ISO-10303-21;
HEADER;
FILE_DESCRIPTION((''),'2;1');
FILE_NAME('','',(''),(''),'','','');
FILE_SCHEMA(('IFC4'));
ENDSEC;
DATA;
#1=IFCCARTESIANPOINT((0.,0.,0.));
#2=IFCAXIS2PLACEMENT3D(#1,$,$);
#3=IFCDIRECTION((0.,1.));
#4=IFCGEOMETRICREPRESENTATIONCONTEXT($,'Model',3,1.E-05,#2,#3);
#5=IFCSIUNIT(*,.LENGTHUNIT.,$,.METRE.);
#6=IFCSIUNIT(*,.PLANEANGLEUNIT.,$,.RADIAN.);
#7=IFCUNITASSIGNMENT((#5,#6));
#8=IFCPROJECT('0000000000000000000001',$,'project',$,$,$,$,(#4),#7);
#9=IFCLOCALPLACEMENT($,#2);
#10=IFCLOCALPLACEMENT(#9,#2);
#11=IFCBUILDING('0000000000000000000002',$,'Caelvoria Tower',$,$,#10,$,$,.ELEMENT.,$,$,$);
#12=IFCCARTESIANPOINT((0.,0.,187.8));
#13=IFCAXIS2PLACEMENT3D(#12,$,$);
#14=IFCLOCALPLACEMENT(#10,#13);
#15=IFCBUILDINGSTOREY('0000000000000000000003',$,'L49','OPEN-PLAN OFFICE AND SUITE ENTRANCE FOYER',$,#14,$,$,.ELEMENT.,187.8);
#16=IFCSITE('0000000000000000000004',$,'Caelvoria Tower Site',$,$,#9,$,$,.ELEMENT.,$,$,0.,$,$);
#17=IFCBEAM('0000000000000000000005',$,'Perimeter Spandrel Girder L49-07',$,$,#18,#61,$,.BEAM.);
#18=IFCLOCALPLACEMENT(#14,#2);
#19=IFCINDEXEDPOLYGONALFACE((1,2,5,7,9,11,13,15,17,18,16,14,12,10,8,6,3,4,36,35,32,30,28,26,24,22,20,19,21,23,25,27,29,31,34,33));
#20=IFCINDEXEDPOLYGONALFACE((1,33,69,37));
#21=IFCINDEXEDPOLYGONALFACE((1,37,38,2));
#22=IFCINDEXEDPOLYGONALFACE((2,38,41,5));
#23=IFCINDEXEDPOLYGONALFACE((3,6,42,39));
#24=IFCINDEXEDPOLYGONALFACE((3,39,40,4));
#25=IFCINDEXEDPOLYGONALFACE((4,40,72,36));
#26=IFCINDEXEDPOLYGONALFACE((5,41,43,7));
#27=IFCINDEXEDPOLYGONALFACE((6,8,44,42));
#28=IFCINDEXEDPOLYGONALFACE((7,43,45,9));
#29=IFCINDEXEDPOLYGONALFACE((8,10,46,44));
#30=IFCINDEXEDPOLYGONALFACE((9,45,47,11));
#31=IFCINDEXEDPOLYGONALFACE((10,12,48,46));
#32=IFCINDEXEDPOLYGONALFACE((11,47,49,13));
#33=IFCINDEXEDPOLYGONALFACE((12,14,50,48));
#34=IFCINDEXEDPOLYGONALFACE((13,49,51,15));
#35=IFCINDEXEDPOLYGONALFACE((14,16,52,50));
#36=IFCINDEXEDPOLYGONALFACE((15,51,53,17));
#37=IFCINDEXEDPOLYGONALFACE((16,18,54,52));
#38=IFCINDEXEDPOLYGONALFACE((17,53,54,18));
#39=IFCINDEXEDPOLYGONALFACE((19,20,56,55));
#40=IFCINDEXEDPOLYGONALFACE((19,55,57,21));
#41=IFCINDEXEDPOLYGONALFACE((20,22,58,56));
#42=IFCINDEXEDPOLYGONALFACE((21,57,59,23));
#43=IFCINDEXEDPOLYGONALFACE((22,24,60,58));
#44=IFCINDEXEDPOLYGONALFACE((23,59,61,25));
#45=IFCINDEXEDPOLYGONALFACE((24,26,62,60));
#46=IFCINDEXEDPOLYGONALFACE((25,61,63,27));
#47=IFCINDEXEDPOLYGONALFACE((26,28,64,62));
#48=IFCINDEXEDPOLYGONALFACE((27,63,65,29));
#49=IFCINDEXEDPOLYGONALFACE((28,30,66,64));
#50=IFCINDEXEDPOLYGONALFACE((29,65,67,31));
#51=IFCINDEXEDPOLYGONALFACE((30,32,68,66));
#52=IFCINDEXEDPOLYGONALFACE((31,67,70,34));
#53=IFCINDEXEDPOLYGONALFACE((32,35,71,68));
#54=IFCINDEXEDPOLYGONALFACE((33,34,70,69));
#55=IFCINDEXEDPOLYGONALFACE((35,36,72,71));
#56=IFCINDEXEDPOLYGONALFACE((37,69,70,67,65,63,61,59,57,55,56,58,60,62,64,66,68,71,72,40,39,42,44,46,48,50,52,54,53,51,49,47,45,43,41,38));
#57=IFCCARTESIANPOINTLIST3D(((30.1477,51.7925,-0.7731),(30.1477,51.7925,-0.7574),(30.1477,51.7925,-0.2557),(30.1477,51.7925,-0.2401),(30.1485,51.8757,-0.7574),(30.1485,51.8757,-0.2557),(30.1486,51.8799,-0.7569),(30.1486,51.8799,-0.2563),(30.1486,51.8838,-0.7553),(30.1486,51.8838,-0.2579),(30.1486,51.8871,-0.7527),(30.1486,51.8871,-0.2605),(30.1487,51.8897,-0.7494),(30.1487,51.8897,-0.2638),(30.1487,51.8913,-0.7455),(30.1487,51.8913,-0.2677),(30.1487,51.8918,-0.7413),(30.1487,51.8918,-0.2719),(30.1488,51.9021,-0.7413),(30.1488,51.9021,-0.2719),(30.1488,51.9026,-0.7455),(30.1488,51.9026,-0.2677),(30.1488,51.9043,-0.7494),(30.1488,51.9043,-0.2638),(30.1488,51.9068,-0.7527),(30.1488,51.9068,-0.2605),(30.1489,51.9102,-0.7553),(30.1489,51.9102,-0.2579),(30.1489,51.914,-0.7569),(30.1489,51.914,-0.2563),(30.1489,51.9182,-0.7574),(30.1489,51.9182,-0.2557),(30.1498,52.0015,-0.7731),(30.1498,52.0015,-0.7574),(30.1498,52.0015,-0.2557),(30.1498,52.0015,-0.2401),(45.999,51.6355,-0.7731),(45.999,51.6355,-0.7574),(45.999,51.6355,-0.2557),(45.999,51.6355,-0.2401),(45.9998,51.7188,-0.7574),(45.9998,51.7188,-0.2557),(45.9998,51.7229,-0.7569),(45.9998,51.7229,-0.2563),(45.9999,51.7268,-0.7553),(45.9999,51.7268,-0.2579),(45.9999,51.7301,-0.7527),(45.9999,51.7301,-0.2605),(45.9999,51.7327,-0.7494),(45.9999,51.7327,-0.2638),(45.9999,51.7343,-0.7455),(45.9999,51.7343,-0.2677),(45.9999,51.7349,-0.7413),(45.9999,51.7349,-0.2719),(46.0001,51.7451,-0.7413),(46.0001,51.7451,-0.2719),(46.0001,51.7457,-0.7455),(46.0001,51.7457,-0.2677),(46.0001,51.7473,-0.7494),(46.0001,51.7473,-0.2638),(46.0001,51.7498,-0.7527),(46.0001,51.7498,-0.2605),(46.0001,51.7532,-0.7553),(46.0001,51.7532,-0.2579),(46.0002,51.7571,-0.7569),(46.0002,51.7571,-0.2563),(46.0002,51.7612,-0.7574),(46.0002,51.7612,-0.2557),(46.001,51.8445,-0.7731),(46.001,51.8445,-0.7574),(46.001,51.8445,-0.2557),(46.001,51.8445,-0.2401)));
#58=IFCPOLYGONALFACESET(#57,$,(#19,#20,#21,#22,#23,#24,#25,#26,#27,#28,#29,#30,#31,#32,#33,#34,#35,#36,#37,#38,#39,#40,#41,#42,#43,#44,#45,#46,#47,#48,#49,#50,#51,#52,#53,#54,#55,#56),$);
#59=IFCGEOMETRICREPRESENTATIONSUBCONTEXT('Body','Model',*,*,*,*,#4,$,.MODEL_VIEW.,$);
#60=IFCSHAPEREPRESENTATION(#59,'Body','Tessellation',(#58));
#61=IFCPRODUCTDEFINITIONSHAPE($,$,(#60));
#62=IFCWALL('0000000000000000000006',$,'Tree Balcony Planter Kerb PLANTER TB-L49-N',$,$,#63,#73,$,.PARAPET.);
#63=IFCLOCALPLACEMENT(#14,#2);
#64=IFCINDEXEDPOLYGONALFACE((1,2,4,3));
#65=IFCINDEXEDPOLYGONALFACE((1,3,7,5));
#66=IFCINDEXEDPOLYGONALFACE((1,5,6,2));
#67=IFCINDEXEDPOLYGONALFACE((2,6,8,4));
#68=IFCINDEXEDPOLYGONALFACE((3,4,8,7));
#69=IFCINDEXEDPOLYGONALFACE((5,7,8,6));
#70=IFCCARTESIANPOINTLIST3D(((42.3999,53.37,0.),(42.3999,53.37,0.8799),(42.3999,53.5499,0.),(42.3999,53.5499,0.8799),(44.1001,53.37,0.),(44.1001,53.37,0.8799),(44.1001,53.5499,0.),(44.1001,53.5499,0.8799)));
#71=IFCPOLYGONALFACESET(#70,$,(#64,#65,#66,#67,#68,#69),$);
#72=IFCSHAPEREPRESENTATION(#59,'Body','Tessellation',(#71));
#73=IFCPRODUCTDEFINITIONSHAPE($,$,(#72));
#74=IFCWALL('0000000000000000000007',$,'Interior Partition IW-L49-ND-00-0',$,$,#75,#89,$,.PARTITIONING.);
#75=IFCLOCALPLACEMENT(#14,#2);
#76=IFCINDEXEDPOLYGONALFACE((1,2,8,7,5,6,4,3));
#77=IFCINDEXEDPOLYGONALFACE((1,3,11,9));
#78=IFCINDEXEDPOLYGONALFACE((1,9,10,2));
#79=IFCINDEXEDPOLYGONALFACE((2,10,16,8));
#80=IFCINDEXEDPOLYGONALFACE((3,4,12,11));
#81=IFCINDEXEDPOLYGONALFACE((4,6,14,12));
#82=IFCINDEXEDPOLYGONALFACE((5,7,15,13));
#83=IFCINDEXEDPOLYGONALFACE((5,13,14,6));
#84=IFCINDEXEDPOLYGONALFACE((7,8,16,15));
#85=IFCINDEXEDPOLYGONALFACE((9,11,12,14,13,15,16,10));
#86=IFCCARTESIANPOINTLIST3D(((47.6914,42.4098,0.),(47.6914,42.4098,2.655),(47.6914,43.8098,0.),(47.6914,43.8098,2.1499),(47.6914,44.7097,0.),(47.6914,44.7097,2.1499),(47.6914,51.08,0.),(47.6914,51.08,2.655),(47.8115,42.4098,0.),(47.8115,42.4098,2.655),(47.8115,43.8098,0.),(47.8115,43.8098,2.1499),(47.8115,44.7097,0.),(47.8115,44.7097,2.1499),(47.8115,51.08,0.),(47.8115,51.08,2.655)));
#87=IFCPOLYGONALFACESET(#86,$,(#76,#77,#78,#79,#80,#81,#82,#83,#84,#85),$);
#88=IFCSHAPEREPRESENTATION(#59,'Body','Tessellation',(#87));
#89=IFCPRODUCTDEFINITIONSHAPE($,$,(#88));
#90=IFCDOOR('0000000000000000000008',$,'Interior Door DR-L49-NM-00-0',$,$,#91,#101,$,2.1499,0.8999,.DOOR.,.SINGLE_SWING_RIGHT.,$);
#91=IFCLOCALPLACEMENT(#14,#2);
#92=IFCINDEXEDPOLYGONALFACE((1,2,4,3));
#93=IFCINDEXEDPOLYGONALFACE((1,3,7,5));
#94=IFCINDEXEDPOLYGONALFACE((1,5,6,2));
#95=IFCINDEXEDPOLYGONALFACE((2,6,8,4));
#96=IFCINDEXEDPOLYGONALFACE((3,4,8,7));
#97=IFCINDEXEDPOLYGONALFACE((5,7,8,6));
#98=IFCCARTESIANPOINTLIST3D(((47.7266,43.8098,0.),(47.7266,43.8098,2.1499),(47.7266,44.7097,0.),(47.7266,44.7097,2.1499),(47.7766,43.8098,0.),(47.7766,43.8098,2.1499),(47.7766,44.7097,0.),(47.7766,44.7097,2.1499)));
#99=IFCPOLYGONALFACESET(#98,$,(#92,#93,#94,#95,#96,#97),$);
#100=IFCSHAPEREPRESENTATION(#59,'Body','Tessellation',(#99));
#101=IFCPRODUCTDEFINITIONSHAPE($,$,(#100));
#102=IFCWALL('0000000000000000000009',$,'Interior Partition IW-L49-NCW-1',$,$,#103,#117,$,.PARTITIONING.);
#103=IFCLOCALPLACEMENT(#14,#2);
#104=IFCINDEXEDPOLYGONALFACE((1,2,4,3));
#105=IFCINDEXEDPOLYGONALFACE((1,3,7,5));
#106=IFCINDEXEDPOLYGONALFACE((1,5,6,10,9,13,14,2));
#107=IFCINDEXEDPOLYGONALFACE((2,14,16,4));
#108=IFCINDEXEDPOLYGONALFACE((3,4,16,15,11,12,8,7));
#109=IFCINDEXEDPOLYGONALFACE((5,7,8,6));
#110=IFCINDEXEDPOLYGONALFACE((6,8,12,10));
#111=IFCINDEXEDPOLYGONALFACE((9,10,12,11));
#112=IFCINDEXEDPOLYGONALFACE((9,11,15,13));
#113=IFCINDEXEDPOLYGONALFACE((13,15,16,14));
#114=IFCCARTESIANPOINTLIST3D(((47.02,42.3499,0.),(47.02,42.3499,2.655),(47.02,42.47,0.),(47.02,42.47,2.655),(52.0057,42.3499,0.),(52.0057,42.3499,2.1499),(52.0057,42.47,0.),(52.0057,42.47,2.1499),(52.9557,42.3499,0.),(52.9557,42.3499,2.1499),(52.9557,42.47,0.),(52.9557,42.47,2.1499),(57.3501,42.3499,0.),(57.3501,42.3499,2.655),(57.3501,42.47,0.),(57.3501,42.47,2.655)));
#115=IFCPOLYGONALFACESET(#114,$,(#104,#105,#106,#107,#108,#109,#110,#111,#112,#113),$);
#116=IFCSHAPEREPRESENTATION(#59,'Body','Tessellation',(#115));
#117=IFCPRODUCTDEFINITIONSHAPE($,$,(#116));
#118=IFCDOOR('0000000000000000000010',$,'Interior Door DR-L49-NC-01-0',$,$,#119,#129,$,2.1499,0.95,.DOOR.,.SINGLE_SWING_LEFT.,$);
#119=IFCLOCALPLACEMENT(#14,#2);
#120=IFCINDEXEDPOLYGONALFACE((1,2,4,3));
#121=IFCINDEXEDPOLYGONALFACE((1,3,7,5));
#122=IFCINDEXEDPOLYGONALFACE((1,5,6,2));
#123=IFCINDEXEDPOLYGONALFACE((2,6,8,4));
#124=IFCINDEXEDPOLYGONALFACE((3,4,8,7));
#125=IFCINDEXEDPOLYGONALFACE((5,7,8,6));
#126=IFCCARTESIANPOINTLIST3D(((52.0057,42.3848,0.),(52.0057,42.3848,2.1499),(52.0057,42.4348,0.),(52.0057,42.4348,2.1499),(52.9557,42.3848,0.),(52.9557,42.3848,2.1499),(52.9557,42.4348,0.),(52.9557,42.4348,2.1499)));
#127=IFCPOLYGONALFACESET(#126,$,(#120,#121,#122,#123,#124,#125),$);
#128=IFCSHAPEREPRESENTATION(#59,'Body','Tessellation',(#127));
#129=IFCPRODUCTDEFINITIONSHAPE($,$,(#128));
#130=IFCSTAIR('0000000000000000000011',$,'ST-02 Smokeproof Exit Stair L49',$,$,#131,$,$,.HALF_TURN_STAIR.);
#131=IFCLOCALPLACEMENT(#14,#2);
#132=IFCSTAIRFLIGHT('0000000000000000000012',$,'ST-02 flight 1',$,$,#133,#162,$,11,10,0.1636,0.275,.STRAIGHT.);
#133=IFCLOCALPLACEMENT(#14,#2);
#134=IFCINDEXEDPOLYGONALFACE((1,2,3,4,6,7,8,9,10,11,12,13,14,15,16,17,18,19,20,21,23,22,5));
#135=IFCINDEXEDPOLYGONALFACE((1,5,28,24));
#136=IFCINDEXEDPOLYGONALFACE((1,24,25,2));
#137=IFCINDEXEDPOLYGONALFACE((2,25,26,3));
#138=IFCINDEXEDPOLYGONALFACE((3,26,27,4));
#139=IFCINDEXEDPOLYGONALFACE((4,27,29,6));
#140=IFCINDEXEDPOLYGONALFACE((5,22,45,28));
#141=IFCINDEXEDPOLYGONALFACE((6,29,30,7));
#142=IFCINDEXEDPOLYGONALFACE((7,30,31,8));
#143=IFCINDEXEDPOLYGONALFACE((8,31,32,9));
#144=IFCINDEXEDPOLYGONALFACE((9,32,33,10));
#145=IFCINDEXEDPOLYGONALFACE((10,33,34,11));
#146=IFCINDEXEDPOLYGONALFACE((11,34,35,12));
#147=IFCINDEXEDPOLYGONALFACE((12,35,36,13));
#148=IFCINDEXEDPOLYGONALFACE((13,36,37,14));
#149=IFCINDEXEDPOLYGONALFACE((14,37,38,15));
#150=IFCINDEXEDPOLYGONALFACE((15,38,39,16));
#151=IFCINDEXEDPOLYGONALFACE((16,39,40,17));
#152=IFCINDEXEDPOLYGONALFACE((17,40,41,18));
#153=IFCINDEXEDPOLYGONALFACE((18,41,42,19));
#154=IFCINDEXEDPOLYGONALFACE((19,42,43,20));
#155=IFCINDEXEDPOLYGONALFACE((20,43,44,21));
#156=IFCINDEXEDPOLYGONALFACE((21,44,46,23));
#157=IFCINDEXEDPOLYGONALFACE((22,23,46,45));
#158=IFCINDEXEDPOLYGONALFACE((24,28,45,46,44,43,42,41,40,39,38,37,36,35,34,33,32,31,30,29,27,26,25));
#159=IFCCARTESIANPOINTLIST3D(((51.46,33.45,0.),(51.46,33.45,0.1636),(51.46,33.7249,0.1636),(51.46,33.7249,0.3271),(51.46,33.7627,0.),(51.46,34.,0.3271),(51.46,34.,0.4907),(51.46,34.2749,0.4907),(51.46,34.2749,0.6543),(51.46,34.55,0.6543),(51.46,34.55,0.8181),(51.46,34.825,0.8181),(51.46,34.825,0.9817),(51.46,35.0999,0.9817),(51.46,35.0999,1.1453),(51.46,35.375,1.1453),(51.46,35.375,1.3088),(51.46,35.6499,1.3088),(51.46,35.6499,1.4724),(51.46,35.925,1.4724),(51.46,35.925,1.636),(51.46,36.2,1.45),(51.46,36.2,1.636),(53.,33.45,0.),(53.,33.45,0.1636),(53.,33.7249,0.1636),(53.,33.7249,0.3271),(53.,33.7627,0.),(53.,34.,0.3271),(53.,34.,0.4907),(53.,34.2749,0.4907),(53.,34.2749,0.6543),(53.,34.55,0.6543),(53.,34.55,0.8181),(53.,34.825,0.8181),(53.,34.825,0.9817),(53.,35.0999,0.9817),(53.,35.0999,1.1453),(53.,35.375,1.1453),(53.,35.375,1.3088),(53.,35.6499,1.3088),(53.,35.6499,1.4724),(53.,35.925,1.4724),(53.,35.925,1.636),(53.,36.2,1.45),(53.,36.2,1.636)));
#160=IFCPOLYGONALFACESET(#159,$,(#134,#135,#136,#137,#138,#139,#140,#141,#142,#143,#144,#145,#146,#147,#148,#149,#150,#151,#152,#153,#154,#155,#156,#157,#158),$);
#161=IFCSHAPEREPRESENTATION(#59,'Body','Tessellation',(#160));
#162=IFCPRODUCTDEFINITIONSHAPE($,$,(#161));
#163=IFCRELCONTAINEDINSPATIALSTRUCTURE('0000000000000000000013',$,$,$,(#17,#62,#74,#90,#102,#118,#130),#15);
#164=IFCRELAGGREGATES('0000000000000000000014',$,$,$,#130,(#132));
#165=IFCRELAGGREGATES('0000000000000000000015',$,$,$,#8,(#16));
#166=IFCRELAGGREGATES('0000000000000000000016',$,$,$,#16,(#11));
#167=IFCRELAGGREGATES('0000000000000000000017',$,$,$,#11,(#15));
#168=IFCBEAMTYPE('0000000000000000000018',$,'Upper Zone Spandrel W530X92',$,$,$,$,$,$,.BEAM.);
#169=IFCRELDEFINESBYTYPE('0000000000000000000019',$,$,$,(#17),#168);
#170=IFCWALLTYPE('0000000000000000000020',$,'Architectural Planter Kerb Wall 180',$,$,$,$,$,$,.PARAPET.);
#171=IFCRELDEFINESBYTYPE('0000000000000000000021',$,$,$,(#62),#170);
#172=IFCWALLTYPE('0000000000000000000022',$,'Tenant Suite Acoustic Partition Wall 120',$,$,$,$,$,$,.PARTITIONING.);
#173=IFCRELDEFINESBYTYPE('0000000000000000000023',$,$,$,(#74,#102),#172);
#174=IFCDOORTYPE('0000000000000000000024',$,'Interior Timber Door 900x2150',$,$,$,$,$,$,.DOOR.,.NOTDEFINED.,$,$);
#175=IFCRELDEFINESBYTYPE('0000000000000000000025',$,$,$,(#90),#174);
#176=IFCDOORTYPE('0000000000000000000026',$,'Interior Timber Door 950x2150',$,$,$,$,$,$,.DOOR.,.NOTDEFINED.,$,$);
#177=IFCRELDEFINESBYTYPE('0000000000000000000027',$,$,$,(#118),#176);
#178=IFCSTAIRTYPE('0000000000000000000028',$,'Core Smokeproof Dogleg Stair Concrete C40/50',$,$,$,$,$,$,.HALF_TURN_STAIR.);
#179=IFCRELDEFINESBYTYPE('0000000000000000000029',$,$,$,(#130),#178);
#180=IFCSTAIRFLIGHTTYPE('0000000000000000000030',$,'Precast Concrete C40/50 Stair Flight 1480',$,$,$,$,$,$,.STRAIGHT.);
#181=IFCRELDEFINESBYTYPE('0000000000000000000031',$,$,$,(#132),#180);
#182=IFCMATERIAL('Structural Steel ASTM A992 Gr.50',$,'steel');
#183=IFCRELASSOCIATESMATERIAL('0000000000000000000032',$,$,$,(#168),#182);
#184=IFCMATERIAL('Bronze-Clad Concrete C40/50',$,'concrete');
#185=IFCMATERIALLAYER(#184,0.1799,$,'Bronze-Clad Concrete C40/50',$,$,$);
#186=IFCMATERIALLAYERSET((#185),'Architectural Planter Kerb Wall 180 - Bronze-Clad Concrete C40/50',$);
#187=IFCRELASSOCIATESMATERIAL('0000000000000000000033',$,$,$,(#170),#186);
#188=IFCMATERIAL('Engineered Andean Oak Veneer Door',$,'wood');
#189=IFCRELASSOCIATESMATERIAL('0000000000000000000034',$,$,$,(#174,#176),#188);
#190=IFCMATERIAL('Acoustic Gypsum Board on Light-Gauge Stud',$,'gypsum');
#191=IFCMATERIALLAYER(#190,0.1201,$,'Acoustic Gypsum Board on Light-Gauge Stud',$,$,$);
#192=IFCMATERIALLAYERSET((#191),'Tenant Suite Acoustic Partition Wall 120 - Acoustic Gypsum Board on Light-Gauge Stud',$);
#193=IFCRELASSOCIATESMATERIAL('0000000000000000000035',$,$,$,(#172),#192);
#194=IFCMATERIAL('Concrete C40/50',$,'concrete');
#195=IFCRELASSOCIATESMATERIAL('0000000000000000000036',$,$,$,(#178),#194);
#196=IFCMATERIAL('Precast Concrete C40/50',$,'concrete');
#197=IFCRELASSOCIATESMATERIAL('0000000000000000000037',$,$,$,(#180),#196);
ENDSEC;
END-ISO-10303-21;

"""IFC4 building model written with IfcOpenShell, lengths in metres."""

from ifc_helpers import new_model, si_unit, direction, frame, frame_2d, origin, origin_2d, place, context, subcontext, project, spatial, polyline, rectangle, i_section, outline, extrude, material, layer, layer_set, material_profile, profile_set, type_object, element, fill, aggregate, save


model = new_model("IFC4")

# Units and contexts
model_context = context("Model", 3, precision=1e-05, world=origin(), true_north=direction((0.0, 1.0)))
body_context = subcontext(model_context, "Body", "Model", "MODEL_VIEW")
ifc_project = project(units=[si_unit("LENGTHUNIT", "METRE"), si_unit("PLANEANGLEUNIT", "RADIAN")], contexts=[model_context])

# Site, building, storey
site_placement = place(None, origin())
site = spatial("IfcSite", under=ifc_project, at=site_placement, Name="Caelvoria Tower Site", CompositionType="ELEMENT", RefElevation=0.0)
building_placement = place(site_placement, origin())
building = spatial("IfcBuilding", under=site, at=building_placement, Name="Caelvoria Tower", CompositionType="ELEMENT")
storey_placement = place(building_placement, frame((0.0, 0.0, 187.8)))
storey = spatial("IfcBuildingStorey", under=building, at=storey_placement, Name="L49", Description="OPEN-PLAN OFFICE AND SUITE ENTRANCE FOYER", CompositionType="ELEMENT", Elevation=187.8)

# Shared definitions
ifc_material_1 = material(Name="Structural Steel ASTM A992 Gr.50", Category="steel")

# Beam
ifc_material_profile_1 = material_profile(ifc_material_1, i_section(OverallWidth=0.209, OverallDepth=0.533, WebThickness=0.0103, FlangeThickness=0.0156, FilletRadius=0.0161, at=origin_2d()), Name="Structural Steel ASTM A992 Gr.50")
ifc_profile_set_1 = profile_set([ifc_material_profile_1], Name="W530X92 - Structural Steel ASTM A992 Gr.50")
beam_type_1 = type_object("IfcBeamType", Name="Upper Zone Spandrel W530X92", PredefinedType="BEAM", material=ifc_profile_set_1)
beam_1_placement = place(storey_placement, frame((46.0, 51.74, -0.5066), z_axis=(-0.999951, 0.009903, 0.0), x_axis=(-0.009903, -0.999951, 0.0)))
element("IfcBeam", 1, at=beam_1_placement, inside=storey, type_object=beam_type_1, Name="Perimeter Spandrel Girder L49-07", PredefinedType="BEAM", context=body_context, shape_type="SweptSolid", body=[
    extrude(i_section(OverallWidth=0.209, OverallDepth=0.533, WebThickness=0.0103, FlangeThickness=0.0156, FilletRadius=0.0161, at=origin_2d()), origin(), (0.0, 0.0, 1.0), 15.8521),
])

# Wall
ifc_material_2 = material(Name="Bronze-Clad Concrete C40/50", Category="concrete")
ifc_layer_1 = layer(ifc_material_2, 0.1799, Name="Bronze-Clad Concrete C40/50")
ifc_layer_set_1 = layer_set([ifc_layer_1], Name="Architectural Planter Kerb Wall 180 - Bronze-Clad Concrete C40/50")
wall_type_1 = type_object("IfcWallType", Name="Architectural Planter Kerb Wall 180", PredefinedType="PARAPET", material=ifc_layer_set_1)
wall_1_placement = place(storey_placement, frame((42.3999, 53.46, 0.0), z_axis=(0.0, 0.0, 1.0), x_axis=(1.0, 0.0, 0.0)))
element("IfcWall", 2, at=wall_1_placement, inside=storey, type_object=wall_type_1, Name="Tree Balcony Planter Kerb PLANTER TB-L49-N", PredefinedType="PARAPET", context=body_context, shape_type="SweptSolid", body=[
    extrude(rectangle(XDim=1.7002, YDim=0.1799, at=frame_2d((0.8501, 0.0))), origin(), (0.0, 0.0, 1.0), 0.8799),
])

# Walls, openings, doors
ifc_material_3 = material(Name="Engineered Andean Oak Veneer Door", Category="wood")
door_type_1 = type_object("IfcDoorType", Name="Interior Timber Door 900x2150", OperationType="NOTDEFINED", PredefinedType="DOOR", material=ifc_material_3)
ifc_material_4 = material(Name="Acoustic Gypsum Board on Light-Gauge Stud", Category="gypsum")
ifc_layer_2 = layer(ifc_material_4, 0.1201, Name="Acoustic Gypsum Board on Light-Gauge Stud")
ifc_layer_set_2 = layer_set([ifc_layer_2], Name="Tenant Suite Acoustic Partition Wall 120 - Acoustic Gypsum Board on Light-Gauge Stud")
wall_type_2 = type_object("IfcWallType", Name="Tenant Suite Acoustic Partition Wall 120", PredefinedType="PARTITIONING", material=ifc_layer_set_2)
wall_2_placement = place(storey_placement, frame((47.7515, 42.4099, 0.0), z_axis=(0.0, 0.0, 1.0), x_axis=(0.0, 1.0, 0.0)))
wall_2 = element("IfcWall", 3, at=wall_2_placement, inside=storey, type_object=wall_type_2, Name="Interior Partition IW-L49-ND-00-0", PredefinedType="PARTITIONING", context=body_context, shape_type="SweptSolid", body=[
    extrude(rectangle(XDim=8.6702, YDim=0.1201, at=frame_2d((4.335, 0.0))), origin(), (0.0, 0.0, 1.0), 2.655),
])
opening_1_placement = place(wall_2_placement, frame((1.3999, 0.0, 0.0)))
opening_1 = element("IfcOpeningElement", 4, at=opening_1_placement, cuts=wall_2, PredefinedType="OPENING", context=body_context, shape_type="SweptSolid", body=[
    extrude(rectangle(XDim=0.8999, YDim=2.1499, at=frame_2d((0.45, 1.075))), frame((0.0, 0.0701, 0.0), z_axis=(0.0, -1.0, 0.0), x_axis=(1.0, 0.0, 0.0)), (0.0, 0.0, 1.0), 0.1401),
])
door_1_placement = place(opening_1_placement, origin())
door_1 = element("IfcDoor", 5, at=door_1_placement, inside=storey, type_object=door_type_1, Name="Interior Door DR-L49-NM-00-0", OperationType="SINGLE_SWING_RIGHT", OverallHeight=2.1499, OverallWidth=0.8999, PredefinedType="DOOR", context=body_context, shape_type="SweptSolid", body=[
    extrude(rectangle(XDim=0.8999, YDim=2.1499, at=frame_2d((0.45, 1.075))), frame((0.0, 0.0249, 0.0), z_axis=(0.0, -1.0, 0.0), x_axis=(1.0, 0.0, 0.0)), (0.0, 0.0, 1.0), 0.05),
])
fill(opening_1, door_1)
wall_3_placement = place(storey_placement, frame((47.02, 42.4099, 0.0), z_axis=(0.0, 0.0, 1.0), x_axis=(1.0, 0.0, 0.0)))
wall_3 = element("IfcWall", 6, at=wall_3_placement, inside=storey, type_object=wall_type_2, Name="Interior Partition IW-L49-NCW-1", PredefinedType="PARTITIONING", context=body_context, shape_type="SweptSolid", body=[
    extrude(rectangle(XDim=10.3301, YDim=0.1201, at=frame_2d((5.165, 0.0))), origin(), (0.0, 0.0, 1.0), 2.655),
])
opening_2_placement = place(wall_3_placement, frame((4.9856, 0.0, 0.0)))
opening_2 = element("IfcOpeningElement", 7, at=opening_2_placement, cuts=wall_3, PredefinedType="OPENING", context=body_context, shape_type="SweptSolid", body=[
    extrude(rectangle(XDim=0.95, YDim=2.1499, at=frame_2d((0.4751, 1.075))), frame((0.0, 0.0701, 0.0), z_axis=(0.0, -1.0, 0.0), x_axis=(1.0, 0.0, 0.0)), (0.0, 0.0, 1.0), 0.1401),
])
door_type_2 = type_object("IfcDoorType", Name="Interior Timber Door 950x2150", OperationType="NOTDEFINED", PredefinedType="DOOR", material=ifc_material_3)
door_2_placement = place(opening_2_placement, origin())
door_2 = element("IfcDoor", 8, at=door_2_placement, inside=storey, type_object=door_type_2, Name="Interior Door DR-L49-NC-01-0", OperationType="SINGLE_SWING_LEFT", OverallHeight=2.1499, OverallWidth=0.95, PredefinedType="DOOR", context=body_context, shape_type="SweptSolid", body=[
    extrude(rectangle(XDim=0.95, YDim=2.1499, at=frame_2d((0.4751, 1.075))), frame((0.0, 0.0249, 0.0), z_axis=(0.0, -1.0, 0.0), x_axis=(1.0, 0.0, 0.0)), (0.0, 0.0, 1.0), 0.05),
])
fill(opening_2, door_2)

# Stair, stair flight
ifc_material_5 = material(Name="Concrete C40/50", Category="concrete")
stair_type = type_object("IfcStairType", Name="Core Smokeproof Dogleg Stair Concrete C40/50", PredefinedType="HALF_TURN_STAIR", material=ifc_material_5)
stair_placement = place(storey_placement, origin())
stair = element("IfcStair", 9, at=stair_placement, inside=storey, type_object=stair_type, Name="ST-02 Smokeproof Exit Stair L49", PredefinedType="HALF_TURN_STAIR")
ifc_material_6 = material(Name="Precast Concrete C40/50", Category="concrete")
stair_flight_type = type_object("IfcStairFlightType", Name="Precast Concrete C40/50 Stair Flight 1480", PredefinedType="STRAIGHT", material=ifc_material_6)
stair_flight_1_placement = place(storey_placement, frame((52.23, 33.45, 0.0), z_axis=(0.0, 0.0, 1.0), x_axis=(0.0, 1.0, 0.0)))
stair_flight_1 = element("IfcStairFlight", 10, at=stair_flight_1_placement, type_object=stair_flight_type, Name="ST-02 flight 1", NumberOfRisers=11, NumberOfTreads=10, PredefinedType="STRAIGHT", RiserHeight=0.1636, TreadLength=0.275, context=body_context, shape_type="SweptSolid", body=[
    extrude(outline(polyline([(0.0, 0.0), (0.0, 0.1636), (0.2749, 0.1636), (0.2749, 0.3271), (0.55, 0.3271), (0.55, 0.4907), (0.825, 0.4907), (0.825, 0.6543), (1.1001, 0.6543), (1.1001, 0.8181), (1.375, 0.8181), (1.375, 0.9817), (1.6499, 0.9817), (1.6499, 1.1453), (1.925, 1.1453), (1.925, 1.3088), (2.2, 1.3088), (2.2, 1.4724), (2.4751, 1.4724), (2.4751, 1.636), (2.75, 1.636), (2.75, 1.7996), (2.75, 1.45), (0.3127, 0.0), (0.0, 0.0)])), frame((0.0, 0.77, 0.0), z_axis=(0.0, -1.0, 0.0), x_axis=(1.0, 0.0, 0.0)), (0.0, 0.0, 1.0), 1.54),
])
aggregate(stair, [stair_flight_1])

save(model, "model.ifc")
